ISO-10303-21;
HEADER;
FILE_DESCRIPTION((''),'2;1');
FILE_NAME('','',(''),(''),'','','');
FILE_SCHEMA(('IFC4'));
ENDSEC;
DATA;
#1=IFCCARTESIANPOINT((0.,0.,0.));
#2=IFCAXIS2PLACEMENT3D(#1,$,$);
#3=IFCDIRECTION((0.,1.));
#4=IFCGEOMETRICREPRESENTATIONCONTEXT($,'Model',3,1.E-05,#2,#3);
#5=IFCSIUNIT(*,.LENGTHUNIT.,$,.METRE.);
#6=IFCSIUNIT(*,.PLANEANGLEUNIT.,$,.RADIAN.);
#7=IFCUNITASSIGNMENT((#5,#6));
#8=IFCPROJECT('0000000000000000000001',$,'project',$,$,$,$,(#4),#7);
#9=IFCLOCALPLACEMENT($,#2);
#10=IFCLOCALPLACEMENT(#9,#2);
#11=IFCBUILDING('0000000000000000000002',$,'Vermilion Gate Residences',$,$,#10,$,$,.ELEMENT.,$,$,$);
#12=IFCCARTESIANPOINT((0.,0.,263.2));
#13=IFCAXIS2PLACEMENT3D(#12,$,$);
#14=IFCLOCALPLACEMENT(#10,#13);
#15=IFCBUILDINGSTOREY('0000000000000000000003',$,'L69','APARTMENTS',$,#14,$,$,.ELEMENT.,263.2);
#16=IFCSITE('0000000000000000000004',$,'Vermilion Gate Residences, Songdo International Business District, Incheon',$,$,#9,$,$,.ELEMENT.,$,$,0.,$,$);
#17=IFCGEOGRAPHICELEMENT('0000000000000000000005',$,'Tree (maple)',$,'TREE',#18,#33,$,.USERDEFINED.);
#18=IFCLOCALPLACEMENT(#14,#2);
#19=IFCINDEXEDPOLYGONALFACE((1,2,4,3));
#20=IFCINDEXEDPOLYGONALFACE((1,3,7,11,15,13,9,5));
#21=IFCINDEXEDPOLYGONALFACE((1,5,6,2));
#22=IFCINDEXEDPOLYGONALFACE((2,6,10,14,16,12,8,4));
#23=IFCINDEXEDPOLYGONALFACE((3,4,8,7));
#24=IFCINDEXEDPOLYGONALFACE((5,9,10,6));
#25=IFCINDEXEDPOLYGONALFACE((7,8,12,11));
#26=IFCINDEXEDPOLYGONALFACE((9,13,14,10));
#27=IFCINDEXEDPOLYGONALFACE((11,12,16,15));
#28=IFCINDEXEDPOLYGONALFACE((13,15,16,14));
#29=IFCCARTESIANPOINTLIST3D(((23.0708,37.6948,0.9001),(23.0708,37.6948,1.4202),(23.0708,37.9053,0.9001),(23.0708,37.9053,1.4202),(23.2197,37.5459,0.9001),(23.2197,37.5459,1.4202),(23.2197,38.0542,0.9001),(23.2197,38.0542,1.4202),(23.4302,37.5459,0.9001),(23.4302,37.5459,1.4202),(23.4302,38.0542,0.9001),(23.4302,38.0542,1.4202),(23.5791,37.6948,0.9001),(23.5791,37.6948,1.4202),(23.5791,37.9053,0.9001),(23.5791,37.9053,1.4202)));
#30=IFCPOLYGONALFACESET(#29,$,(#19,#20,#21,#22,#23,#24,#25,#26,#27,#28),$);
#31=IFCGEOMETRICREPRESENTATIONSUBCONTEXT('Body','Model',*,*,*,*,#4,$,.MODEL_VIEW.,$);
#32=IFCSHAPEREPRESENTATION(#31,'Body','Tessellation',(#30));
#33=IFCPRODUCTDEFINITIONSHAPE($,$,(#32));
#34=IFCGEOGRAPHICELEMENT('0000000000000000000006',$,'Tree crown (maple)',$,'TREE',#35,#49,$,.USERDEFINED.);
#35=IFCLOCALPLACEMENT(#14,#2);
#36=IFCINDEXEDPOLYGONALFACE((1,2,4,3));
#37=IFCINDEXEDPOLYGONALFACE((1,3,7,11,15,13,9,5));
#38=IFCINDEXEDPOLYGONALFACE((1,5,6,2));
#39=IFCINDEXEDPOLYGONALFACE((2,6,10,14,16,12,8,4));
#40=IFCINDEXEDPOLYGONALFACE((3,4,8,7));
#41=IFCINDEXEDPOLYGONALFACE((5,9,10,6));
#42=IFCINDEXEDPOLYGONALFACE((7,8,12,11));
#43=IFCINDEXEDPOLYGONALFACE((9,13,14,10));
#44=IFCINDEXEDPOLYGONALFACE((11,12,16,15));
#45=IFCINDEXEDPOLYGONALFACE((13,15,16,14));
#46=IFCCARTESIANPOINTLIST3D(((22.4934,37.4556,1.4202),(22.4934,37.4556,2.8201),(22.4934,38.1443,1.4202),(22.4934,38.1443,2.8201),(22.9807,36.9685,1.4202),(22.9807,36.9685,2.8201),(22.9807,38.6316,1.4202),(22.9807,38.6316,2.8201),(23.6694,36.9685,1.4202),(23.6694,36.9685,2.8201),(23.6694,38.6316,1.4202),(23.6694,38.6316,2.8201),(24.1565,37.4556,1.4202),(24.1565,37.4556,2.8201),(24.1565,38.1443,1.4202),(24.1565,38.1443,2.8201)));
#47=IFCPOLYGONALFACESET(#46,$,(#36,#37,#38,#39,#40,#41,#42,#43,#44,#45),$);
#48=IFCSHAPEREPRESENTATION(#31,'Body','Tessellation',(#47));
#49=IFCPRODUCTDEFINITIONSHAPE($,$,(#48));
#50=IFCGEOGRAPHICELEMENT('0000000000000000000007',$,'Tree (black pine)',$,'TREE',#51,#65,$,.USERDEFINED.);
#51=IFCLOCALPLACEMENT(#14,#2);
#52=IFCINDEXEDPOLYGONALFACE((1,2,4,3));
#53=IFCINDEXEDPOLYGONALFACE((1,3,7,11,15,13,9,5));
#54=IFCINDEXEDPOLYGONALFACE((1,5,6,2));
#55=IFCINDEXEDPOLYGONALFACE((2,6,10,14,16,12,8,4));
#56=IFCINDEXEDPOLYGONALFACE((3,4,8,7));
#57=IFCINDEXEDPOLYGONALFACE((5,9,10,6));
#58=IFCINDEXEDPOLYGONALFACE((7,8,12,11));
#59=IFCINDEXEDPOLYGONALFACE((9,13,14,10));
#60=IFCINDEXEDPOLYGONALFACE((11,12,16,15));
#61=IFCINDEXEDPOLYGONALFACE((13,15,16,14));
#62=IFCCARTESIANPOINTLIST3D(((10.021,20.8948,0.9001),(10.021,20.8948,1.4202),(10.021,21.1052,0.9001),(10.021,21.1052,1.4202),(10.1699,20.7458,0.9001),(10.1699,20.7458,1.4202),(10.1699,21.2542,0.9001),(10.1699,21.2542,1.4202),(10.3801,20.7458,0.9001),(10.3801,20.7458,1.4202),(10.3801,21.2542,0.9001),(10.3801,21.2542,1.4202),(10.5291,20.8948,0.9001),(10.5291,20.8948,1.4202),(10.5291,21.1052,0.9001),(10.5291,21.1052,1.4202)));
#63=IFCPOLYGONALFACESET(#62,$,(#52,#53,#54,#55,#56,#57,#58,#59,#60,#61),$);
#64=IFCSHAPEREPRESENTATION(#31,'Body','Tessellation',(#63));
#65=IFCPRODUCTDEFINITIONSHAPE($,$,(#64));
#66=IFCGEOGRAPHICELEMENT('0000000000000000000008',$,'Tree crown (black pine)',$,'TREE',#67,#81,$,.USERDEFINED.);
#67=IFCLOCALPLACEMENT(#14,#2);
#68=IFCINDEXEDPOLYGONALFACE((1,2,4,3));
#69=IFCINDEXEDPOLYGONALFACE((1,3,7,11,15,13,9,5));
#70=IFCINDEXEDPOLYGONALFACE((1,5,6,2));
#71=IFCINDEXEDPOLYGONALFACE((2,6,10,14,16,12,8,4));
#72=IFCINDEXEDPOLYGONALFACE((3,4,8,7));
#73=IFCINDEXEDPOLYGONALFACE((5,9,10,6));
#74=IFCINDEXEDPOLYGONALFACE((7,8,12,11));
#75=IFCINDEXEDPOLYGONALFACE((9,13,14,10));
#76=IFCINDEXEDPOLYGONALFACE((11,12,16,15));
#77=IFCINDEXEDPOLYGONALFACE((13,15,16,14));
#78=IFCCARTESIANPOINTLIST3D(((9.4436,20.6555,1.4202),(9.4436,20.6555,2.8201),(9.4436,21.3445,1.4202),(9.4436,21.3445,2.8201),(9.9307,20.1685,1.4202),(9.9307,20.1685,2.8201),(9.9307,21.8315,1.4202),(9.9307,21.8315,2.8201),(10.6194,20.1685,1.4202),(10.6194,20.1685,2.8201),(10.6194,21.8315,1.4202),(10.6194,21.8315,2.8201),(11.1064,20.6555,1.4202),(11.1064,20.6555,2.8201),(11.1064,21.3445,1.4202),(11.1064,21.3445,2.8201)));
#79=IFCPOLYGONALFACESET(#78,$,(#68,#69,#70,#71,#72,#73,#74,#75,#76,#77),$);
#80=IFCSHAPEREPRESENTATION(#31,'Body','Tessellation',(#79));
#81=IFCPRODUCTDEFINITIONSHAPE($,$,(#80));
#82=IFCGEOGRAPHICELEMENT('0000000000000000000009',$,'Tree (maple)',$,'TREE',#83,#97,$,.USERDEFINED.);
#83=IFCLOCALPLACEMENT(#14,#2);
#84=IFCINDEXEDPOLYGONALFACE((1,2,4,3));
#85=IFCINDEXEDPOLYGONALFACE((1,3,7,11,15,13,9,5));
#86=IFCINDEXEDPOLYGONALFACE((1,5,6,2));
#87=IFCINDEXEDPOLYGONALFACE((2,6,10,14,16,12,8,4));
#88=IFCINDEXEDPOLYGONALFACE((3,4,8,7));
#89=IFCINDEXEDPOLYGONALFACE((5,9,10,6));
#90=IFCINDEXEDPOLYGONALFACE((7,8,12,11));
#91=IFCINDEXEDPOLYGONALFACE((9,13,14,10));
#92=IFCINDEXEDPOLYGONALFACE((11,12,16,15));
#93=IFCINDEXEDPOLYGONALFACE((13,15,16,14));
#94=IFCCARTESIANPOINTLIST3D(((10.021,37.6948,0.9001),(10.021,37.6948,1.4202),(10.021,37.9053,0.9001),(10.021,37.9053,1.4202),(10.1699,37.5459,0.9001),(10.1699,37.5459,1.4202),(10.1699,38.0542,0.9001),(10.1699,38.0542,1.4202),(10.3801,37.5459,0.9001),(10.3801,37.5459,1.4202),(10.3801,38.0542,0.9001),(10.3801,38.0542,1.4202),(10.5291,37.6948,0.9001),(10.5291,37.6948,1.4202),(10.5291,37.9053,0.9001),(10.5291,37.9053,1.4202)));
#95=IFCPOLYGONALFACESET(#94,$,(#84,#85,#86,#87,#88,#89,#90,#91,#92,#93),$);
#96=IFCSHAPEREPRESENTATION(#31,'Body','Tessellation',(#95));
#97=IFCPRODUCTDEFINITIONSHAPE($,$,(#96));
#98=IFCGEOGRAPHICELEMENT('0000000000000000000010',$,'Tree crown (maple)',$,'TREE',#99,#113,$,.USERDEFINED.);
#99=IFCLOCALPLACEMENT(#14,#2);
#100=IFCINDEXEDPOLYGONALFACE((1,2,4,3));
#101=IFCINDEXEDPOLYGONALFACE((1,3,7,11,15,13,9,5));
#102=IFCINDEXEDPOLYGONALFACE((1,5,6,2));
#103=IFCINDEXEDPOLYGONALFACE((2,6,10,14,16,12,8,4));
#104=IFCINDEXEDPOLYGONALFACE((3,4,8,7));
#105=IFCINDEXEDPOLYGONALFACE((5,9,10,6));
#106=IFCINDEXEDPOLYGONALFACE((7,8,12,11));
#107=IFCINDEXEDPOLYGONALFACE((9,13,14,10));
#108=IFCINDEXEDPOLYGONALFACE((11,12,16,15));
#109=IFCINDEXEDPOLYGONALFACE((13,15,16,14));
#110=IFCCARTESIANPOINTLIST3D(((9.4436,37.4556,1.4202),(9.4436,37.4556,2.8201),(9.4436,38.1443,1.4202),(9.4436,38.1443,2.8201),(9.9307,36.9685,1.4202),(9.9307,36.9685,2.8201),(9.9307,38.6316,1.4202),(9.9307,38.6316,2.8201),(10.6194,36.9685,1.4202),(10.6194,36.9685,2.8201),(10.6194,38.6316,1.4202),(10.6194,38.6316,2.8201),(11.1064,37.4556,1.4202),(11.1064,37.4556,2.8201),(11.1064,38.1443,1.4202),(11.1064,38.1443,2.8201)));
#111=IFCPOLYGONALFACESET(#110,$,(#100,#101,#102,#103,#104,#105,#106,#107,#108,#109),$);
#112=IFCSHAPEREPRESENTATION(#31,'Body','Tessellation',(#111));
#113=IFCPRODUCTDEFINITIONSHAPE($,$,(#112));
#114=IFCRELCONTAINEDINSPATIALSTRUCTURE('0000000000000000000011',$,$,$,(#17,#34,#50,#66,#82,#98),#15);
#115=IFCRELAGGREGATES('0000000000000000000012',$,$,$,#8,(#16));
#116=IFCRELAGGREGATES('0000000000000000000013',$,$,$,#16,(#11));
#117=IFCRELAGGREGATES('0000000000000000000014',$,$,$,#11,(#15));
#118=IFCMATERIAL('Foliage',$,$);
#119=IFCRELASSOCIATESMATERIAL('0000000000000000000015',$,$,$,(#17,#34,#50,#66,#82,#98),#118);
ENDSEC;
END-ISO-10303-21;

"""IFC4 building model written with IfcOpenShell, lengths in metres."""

from ifc_helpers import new_model, si_unit, direction, frame, origin, place, context, subcontext, project, spatial, polyline, outline, extrude, material, element, save


model = new_model("IFC4")

# Units and contexts
model_context = context("Model", 3, precision=1e-05, world=origin(), true_north=direction((0.0, 1.0)))
body_context = subcontext(model_context, "Body", "Model", "MODEL_VIEW")
ifc_project = project(units=[si_unit("LENGTHUNIT", "METRE"), si_unit("PLANEANGLEUNIT", "RADIAN")], contexts=[model_context])

# Site, building, storey
site_placement = place(None, origin())
site = spatial("IfcSite", under=ifc_project, at=site_placement, Name="Vermilion Gate Residences, Songdo International Business District, Incheon", CompositionType="ELEMENT", RefElevation=0.0)
building_placement = place(site_placement, origin())
building = spatial("IfcBuilding", under=site, at=building_placement, Name="Vermilion Gate Residences", CompositionType="ELEMENT")
storey_placement = place(building_placement, frame((0.0, 0.0, 263.2)))
storey = spatial("IfcBuildingStorey", under=building, at=storey_placement, Name="L69", Description="APARTMENTS", CompositionType="ELEMENT", Elevation=263.2)

# Geographic elements
ifc_material_1 = material(Name="Foliage")
geographic_element_1_placement = place(storey_placement, frame((0.0, 0.0, 0.9001)))
element("IfcGeographicElement", 1, at=geographic_element_1_placement, inside=storey, material=ifc_material_1, Name="Tree (maple)", ObjectType="TREE", PredefinedType="USERDEFINED", context=body_context, shape_type="SweptSolid", body=[
    extrude(outline(polyline([(23.5791, 37.9053), (23.4302, 38.0542), (23.2197, 38.0542), (23.0708, 37.9053), (23.0708, 37.6948), (23.2197, 37.5459), (23.4302, 37.5459), (23.5791, 37.6948), (23.5791, 37.9053)])), origin(), (0.0, 0.0, 1.0), 0.52),
])
geographic_element_2_placement = place(storey_placement, frame((0.0, 0.0, 1.4202)))
element("IfcGeographicElement", 2, at=geographic_element_2_placement, inside=storey, material=ifc_material_1, Name="Tree crown (maple)", ObjectType="TREE", PredefinedType="USERDEFINED", context=body_context, shape_type="SweptSolid", body=[
    extrude(outline(polyline([(24.1565, 38.1443), (23.6694, 38.6316), (22.9807, 38.6316), (22.4934, 38.1443), (22.4934, 37.4556), (22.9807, 36.9685), (23.6694, 36.9685), (24.1565, 37.4556), (24.1565, 38.1443)])), origin(), (0.0, 0.0, 1.0), 1.3999),
])
geographic_element_3_placement = place(storey_placement, frame((0.0, 0.0, 0.9001)))
element("IfcGeographicElement", 3, at=geographic_element_3_placement, inside=storey, material=ifc_material_1, Name="Tree (black pine)", ObjectType="TREE", PredefinedType="USERDEFINED", context=body_context, shape_type="SweptSolid", body=[
    extrude(outline(polyline([(10.5291, 21.1052), (10.3801, 21.2542), (10.1699, 21.2542), (10.021, 21.1052), (10.021, 20.8948), (10.1699, 20.7458), (10.3801, 20.7458), (10.5291, 20.8948), (10.5291, 21.1052)])), origin(), (0.0, 0.0, 1.0), 0.52),
])
geographic_element_4_placement = place(storey_placement, frame((0.0, 0.0, 1.4202)))
element("IfcGeographicElement", 4, at=geographic_element_4_placement, inside=storey, material=ifc_material_1, Name="Tree crown (black pine)", ObjectType="TREE", PredefinedType="USERDEFINED", context=body_context, shape_type="SweptSolid", body=[
    extrude(outline(polyline([(11.1064, 21.3445), (10.6194, 21.8315), (9.9307, 21.8315), (9.4436, 21.3445), (9.4436, 20.6555), (9.9307, 20.1685), (10.6194, 20.1685), (11.1064, 20.6555), (11.1064, 21.3445)])), origin(), (0.0, 0.0, 1.0), 1.3999),
])
geographic_element_5_placement = place(storey_placement, frame((0.0, 0.0, 0.9001)))
element("IfcGeographicElement", 5, at=geographic_element_5_placement, inside=storey, material=ifc_material_1, Name="Tree (maple)", ObjectType="TREE", PredefinedType="USERDEFINED", context=body_context, shape_type="SweptSolid", body=[
    extrude(outline(polyline([(10.5291, 37.9053), (10.3801, 38.0542), (10.1699, 38.0542), (10.021, 37.9053), (10.021, 37.6948), (10.1699, 37.5459), (10.3801, 37.5459), (10.5291, 37.6948), (10.5291, 37.9053)])), origin(), (0.0, 0.0, 1.0), 0.52),
])
geographic_element_6_placement = place(storey_placement, frame((0.0, 0.0, 1.4202)))
element("IfcGeographicElement", 6, at=geographic_element_6_placement, inside=storey, material=ifc_material_1, Name="Tree crown (maple)", ObjectType="TREE", PredefinedType="USERDEFINED", context=body_context, shape_type="SweptSolid", body=[
    extrude(outline(polyline([(11.1064, 38.1443), (10.6194, 38.6316), (9.9307, 38.6316), (9.4436, 38.1443), (9.4436, 37.4556), (9.9307, 36.9685), (10.6194, 36.9685), (11.1064, 37.4556), (11.1064, 38.1443)])), origin(), (0.0, 0.0, 1.0), 1.3999),
])

save(model, "model.ifc")
